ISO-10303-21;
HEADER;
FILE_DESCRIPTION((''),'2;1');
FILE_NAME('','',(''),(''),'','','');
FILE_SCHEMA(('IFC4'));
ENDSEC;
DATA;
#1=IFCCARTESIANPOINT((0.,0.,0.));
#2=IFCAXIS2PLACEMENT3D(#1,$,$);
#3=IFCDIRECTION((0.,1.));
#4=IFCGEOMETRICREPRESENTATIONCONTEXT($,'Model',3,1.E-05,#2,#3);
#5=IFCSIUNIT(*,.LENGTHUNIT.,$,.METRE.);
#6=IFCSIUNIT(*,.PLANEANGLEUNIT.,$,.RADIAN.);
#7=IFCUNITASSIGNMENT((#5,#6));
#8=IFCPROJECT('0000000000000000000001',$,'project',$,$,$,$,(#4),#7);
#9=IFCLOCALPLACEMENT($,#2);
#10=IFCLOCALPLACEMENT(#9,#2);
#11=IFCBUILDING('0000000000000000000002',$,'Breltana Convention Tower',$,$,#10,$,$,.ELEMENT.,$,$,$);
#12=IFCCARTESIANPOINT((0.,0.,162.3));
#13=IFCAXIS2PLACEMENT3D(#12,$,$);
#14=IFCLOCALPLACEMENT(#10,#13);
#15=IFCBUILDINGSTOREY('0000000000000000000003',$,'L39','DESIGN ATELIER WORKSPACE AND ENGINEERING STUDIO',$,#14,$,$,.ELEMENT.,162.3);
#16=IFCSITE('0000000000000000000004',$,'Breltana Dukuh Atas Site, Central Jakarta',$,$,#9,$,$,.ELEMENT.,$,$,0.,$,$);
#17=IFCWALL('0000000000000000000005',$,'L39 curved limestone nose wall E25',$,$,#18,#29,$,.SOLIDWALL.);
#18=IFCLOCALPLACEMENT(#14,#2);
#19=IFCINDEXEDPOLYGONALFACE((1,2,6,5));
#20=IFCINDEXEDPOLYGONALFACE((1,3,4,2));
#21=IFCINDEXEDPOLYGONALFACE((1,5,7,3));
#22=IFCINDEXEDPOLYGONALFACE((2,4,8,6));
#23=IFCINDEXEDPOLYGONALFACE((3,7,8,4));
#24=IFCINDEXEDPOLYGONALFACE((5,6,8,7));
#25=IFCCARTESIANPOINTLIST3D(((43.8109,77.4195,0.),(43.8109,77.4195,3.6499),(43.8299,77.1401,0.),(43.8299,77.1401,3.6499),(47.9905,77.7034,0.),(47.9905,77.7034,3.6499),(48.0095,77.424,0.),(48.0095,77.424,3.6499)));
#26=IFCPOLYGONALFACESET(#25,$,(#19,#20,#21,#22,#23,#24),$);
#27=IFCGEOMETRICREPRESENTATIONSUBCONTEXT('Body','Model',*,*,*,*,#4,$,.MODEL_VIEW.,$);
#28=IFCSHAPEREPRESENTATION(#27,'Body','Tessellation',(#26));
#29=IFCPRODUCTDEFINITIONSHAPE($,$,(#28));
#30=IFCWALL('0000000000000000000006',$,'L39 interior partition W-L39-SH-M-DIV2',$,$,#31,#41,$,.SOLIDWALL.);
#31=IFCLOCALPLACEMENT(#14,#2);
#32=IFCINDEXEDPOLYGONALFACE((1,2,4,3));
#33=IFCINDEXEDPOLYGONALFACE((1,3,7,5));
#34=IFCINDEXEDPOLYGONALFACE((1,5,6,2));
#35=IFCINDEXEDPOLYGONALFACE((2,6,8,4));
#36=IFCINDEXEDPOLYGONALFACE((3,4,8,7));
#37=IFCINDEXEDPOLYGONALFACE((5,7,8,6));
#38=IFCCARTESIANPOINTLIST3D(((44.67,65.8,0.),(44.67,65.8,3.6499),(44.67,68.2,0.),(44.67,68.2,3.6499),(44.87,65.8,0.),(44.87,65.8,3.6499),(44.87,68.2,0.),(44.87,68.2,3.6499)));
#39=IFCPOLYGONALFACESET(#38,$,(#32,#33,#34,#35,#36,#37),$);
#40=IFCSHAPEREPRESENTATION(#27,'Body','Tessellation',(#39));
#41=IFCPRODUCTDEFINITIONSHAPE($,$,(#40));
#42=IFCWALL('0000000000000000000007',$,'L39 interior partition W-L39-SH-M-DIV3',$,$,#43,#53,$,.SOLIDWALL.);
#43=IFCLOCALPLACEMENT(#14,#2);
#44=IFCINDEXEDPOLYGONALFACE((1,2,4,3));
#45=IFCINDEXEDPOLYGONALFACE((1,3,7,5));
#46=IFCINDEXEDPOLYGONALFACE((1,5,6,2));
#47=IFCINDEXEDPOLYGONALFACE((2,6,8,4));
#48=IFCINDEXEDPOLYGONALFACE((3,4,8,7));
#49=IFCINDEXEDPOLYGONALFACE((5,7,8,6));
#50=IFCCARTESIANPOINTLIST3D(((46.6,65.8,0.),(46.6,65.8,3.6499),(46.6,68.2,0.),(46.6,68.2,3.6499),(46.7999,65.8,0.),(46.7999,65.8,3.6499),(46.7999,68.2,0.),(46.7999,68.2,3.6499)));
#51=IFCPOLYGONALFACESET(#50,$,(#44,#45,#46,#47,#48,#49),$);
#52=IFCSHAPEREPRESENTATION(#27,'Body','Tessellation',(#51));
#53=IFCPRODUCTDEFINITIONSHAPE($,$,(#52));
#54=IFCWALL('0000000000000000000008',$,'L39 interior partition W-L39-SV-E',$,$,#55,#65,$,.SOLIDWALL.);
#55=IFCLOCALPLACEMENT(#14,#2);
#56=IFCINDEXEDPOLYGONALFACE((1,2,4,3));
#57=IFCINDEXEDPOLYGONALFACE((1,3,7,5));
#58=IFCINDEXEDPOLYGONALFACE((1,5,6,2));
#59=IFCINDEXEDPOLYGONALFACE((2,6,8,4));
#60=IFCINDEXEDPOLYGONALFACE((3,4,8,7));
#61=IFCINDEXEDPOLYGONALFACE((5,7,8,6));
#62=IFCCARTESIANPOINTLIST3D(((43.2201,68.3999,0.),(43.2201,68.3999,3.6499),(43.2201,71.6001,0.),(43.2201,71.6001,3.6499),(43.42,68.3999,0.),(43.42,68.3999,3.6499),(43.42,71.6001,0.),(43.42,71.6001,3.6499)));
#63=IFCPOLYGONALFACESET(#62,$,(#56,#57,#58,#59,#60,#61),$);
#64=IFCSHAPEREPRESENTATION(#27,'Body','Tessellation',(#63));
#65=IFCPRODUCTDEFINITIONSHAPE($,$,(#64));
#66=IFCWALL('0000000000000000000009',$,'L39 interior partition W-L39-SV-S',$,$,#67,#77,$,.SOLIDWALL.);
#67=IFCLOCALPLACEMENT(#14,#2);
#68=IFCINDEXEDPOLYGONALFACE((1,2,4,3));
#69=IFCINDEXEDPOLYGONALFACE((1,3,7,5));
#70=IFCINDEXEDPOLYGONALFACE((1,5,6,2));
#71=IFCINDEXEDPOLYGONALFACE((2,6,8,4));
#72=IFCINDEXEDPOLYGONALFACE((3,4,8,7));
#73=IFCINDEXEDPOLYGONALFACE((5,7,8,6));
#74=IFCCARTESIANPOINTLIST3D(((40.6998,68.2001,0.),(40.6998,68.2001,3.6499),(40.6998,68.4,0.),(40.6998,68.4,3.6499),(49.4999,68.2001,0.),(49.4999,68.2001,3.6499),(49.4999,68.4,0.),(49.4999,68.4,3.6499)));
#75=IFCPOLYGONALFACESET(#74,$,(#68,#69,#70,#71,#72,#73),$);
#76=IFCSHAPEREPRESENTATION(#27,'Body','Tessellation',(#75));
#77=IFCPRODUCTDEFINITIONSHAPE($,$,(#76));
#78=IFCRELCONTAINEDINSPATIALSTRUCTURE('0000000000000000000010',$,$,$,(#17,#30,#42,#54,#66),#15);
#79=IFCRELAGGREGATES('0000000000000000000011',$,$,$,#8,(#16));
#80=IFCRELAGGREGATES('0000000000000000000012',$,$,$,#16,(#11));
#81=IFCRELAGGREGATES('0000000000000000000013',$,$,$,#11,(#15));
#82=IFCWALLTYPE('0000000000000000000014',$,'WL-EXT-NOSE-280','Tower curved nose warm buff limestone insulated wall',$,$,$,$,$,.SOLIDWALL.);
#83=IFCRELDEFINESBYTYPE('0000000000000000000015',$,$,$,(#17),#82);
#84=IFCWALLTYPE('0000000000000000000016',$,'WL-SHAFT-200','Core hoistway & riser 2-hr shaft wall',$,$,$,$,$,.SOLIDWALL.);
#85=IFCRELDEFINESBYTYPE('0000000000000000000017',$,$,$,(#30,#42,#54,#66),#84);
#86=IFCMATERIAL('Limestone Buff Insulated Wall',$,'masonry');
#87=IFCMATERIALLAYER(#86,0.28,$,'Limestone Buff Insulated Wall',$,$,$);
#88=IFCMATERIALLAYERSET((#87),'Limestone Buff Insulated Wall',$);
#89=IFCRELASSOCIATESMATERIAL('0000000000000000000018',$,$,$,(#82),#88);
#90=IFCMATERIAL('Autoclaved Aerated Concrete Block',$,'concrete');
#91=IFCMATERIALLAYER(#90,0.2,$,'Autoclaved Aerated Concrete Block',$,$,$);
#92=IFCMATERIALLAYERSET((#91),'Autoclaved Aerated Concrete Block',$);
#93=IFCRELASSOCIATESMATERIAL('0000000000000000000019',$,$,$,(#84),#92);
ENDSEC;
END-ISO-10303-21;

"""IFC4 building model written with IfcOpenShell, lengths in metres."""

from ifc_helpers import new_model, si_unit, direction, frame, frame_2d, origin, place, context, subcontext, project, spatial, rectangle, extrude, source, transform, mapped, material, layer, layer_set, type_object, element, save


model = new_model("IFC4")

# Units and contexts
model_context = context("Model", 3, precision=1e-05, world=origin(), true_north=direction((0.0, 1.0)))
body_context = subcontext(model_context, "Body", "Model", "MODEL_VIEW")
ifc_project = project(units=[si_unit("LENGTHUNIT", "METRE"), si_unit("PLANEANGLEUNIT", "RADIAN")], contexts=[model_context])

# Site, building, storey
site_placement = place(None, origin())
site = spatial("IfcSite", under=ifc_project, at=site_placement, Name="Breltana Dukuh Atas Site, Central Jakarta", CompositionType="ELEMENT", RefElevation=0.0)
building_placement = place(site_placement, origin())
building = spatial("IfcBuilding", under=site, at=building_placement, Name="Breltana Convention Tower", CompositionType="ELEMENT")
storey_placement = place(building_placement, frame((0.0, 0.0, 162.3)))
storey = spatial("IfcBuildingStorey", under=building, at=storey_placement, Name="L39", Description="DESIGN ATELIER WORKSPACE AND ENGINEERING STUDIO", CompositionType="ELEMENT", Elevation=162.3)

# Walls
ifc_material_1 = material(Name="Limestone Buff Insulated Wall", Category="masonry")
ifc_layer_1 = layer(ifc_material_1, 0.28, Name="Limestone Buff Insulated Wall")
ifc_layer_set_1 = layer_set([ifc_layer_1], Name="Limestone Buff Insulated Wall")
wall_type_1 = type_object("IfcWallType", Name="WL-EXT-NOSE-280", Description="Tower curved nose warm buff limestone insulated wall", PredefinedType="SOLIDWALL", material=ifc_layer_set_1)
shared_shape_1 = source(origin(), body_context, "Body", "SweptSolid", [
    extrude(rectangle(XDim=4.1892, YDim=0.28, at=frame_2d((2.0947, 0.0))), origin(), (0.0, 0.0, 1.0), 3.6499),
])
wall_1_placement = place(storey_placement, frame((43.8203, 77.2798, 0.0), z_axis=(0.0, 0.0, 1.0), x_axis=(0.997701, 0.067776, 0.0)))
element("IfcWall", 1, at=wall_1_placement, inside=storey, type_object=wall_type_1, Name="L39 curved limestone nose wall E25", PredefinedType="SOLIDWALL", context=body_context, shape_type="MappedRepresentation", body=[
    mapped(shared_shape_1, transform((0.0, 0.0, 0.0), scale=1.0)),
])
ifc_material_2 = material(Name="Autoclaved Aerated Concrete Block", Category="concrete")
ifc_layer_2 = layer(ifc_material_2, 0.2, Name="Autoclaved Aerated Concrete Block")
ifc_layer_set_2 = layer_set([ifc_layer_2], Name="Autoclaved Aerated Concrete Block")
wall_type_2 = type_object("IfcWallType", Name="WL-SHAFT-200", Description="Core hoistway & riser 2-hr shaft wall", PredefinedType="SOLIDWALL", material=ifc_layer_set_2)
shared_shape_2 = source(origin(), body_context, "Body", "SweptSolid", [
    extrude(rectangle(XDim=2.3999, YDim=0.2, at=frame_2d((1.2, 0.0))), origin(), (0.0, 0.0, 1.0), 3.6499),
])
for number, where, z_axis, x_axis, name in (
    (2, (44.77, 65.8, 0.0), (0.0, 0.0, 1.0), (0.0, 1.0, 0.0), "L39 interior partition W-L39-SH-M-DIV2"),
    (3, (46.7, 65.8, 0.0), (0.0, 0.0, 1.0), (0.0, 1.0, 0.0), "L39 interior partition W-L39-SH-M-DIV3"),
):
    element("IfcWall", number, at=place(storey_placement, frame(where, z_axis=z_axis, x_axis=x_axis)), inside=storey, type_object=wall_type_2, Name=name, PredefinedType="SOLIDWALL", context=body_context, shape_type="MappedRepresentation", body=[
        mapped(shared_shape_2, transform((0.0, 0.0, 0.0), scale=1.0)),
    ])
shared_shape_3 = source(origin(), body_context, "Body", "SweptSolid", [
    extrude(rectangle(XDim=3.2002, YDim=0.2, at=frame_2d((1.6001, 0.0))), origin(), (0.0, 0.0, 1.0), 3.6499),
])
wall_2_placement = place(storey_placement, frame((43.3201, 68.3999, 0.0), z_axis=(0.0, 0.0, 1.0), x_axis=(0.0, 1.0, 0.0)))
element("IfcWall", 4, at=wall_2_placement, inside=storey, type_object=wall_type_2, Name="L39 interior partition W-L39-SV-E", PredefinedType="SOLIDWALL", context=body_context, shape_type="MappedRepresentation", body=[
    mapped(shared_shape_3, transform((0.0, 0.0, 0.0), scale=1.0)),
])
shared_shape_4 = source(origin(), body_context, "Body", "SweptSolid", [
    extrude(rectangle(XDim=8.8, YDim=0.2, at=frame_2d((4.3999, 0.0))), origin(), (0.0, 0.0, 1.0), 3.6499),
])
wall_3_placement = place(storey_placement, frame((40.7, 68.3, 0.0), z_axis=(0.0, 0.0, 1.0), x_axis=(1.0, 0.0, 0.0)))
element("IfcWall", 5, at=wall_3_placement, inside=storey, type_object=wall_type_2, Name="L39 interior partition W-L39-SV-S", PredefinedType="SOLIDWALL", context=body_context, shape_type="MappedRepresentation", body=[
    mapped(shared_shape_4, transform((0.0, 0.0, 0.0), scale=1.0)),
])

save(model, "model.ifc")
